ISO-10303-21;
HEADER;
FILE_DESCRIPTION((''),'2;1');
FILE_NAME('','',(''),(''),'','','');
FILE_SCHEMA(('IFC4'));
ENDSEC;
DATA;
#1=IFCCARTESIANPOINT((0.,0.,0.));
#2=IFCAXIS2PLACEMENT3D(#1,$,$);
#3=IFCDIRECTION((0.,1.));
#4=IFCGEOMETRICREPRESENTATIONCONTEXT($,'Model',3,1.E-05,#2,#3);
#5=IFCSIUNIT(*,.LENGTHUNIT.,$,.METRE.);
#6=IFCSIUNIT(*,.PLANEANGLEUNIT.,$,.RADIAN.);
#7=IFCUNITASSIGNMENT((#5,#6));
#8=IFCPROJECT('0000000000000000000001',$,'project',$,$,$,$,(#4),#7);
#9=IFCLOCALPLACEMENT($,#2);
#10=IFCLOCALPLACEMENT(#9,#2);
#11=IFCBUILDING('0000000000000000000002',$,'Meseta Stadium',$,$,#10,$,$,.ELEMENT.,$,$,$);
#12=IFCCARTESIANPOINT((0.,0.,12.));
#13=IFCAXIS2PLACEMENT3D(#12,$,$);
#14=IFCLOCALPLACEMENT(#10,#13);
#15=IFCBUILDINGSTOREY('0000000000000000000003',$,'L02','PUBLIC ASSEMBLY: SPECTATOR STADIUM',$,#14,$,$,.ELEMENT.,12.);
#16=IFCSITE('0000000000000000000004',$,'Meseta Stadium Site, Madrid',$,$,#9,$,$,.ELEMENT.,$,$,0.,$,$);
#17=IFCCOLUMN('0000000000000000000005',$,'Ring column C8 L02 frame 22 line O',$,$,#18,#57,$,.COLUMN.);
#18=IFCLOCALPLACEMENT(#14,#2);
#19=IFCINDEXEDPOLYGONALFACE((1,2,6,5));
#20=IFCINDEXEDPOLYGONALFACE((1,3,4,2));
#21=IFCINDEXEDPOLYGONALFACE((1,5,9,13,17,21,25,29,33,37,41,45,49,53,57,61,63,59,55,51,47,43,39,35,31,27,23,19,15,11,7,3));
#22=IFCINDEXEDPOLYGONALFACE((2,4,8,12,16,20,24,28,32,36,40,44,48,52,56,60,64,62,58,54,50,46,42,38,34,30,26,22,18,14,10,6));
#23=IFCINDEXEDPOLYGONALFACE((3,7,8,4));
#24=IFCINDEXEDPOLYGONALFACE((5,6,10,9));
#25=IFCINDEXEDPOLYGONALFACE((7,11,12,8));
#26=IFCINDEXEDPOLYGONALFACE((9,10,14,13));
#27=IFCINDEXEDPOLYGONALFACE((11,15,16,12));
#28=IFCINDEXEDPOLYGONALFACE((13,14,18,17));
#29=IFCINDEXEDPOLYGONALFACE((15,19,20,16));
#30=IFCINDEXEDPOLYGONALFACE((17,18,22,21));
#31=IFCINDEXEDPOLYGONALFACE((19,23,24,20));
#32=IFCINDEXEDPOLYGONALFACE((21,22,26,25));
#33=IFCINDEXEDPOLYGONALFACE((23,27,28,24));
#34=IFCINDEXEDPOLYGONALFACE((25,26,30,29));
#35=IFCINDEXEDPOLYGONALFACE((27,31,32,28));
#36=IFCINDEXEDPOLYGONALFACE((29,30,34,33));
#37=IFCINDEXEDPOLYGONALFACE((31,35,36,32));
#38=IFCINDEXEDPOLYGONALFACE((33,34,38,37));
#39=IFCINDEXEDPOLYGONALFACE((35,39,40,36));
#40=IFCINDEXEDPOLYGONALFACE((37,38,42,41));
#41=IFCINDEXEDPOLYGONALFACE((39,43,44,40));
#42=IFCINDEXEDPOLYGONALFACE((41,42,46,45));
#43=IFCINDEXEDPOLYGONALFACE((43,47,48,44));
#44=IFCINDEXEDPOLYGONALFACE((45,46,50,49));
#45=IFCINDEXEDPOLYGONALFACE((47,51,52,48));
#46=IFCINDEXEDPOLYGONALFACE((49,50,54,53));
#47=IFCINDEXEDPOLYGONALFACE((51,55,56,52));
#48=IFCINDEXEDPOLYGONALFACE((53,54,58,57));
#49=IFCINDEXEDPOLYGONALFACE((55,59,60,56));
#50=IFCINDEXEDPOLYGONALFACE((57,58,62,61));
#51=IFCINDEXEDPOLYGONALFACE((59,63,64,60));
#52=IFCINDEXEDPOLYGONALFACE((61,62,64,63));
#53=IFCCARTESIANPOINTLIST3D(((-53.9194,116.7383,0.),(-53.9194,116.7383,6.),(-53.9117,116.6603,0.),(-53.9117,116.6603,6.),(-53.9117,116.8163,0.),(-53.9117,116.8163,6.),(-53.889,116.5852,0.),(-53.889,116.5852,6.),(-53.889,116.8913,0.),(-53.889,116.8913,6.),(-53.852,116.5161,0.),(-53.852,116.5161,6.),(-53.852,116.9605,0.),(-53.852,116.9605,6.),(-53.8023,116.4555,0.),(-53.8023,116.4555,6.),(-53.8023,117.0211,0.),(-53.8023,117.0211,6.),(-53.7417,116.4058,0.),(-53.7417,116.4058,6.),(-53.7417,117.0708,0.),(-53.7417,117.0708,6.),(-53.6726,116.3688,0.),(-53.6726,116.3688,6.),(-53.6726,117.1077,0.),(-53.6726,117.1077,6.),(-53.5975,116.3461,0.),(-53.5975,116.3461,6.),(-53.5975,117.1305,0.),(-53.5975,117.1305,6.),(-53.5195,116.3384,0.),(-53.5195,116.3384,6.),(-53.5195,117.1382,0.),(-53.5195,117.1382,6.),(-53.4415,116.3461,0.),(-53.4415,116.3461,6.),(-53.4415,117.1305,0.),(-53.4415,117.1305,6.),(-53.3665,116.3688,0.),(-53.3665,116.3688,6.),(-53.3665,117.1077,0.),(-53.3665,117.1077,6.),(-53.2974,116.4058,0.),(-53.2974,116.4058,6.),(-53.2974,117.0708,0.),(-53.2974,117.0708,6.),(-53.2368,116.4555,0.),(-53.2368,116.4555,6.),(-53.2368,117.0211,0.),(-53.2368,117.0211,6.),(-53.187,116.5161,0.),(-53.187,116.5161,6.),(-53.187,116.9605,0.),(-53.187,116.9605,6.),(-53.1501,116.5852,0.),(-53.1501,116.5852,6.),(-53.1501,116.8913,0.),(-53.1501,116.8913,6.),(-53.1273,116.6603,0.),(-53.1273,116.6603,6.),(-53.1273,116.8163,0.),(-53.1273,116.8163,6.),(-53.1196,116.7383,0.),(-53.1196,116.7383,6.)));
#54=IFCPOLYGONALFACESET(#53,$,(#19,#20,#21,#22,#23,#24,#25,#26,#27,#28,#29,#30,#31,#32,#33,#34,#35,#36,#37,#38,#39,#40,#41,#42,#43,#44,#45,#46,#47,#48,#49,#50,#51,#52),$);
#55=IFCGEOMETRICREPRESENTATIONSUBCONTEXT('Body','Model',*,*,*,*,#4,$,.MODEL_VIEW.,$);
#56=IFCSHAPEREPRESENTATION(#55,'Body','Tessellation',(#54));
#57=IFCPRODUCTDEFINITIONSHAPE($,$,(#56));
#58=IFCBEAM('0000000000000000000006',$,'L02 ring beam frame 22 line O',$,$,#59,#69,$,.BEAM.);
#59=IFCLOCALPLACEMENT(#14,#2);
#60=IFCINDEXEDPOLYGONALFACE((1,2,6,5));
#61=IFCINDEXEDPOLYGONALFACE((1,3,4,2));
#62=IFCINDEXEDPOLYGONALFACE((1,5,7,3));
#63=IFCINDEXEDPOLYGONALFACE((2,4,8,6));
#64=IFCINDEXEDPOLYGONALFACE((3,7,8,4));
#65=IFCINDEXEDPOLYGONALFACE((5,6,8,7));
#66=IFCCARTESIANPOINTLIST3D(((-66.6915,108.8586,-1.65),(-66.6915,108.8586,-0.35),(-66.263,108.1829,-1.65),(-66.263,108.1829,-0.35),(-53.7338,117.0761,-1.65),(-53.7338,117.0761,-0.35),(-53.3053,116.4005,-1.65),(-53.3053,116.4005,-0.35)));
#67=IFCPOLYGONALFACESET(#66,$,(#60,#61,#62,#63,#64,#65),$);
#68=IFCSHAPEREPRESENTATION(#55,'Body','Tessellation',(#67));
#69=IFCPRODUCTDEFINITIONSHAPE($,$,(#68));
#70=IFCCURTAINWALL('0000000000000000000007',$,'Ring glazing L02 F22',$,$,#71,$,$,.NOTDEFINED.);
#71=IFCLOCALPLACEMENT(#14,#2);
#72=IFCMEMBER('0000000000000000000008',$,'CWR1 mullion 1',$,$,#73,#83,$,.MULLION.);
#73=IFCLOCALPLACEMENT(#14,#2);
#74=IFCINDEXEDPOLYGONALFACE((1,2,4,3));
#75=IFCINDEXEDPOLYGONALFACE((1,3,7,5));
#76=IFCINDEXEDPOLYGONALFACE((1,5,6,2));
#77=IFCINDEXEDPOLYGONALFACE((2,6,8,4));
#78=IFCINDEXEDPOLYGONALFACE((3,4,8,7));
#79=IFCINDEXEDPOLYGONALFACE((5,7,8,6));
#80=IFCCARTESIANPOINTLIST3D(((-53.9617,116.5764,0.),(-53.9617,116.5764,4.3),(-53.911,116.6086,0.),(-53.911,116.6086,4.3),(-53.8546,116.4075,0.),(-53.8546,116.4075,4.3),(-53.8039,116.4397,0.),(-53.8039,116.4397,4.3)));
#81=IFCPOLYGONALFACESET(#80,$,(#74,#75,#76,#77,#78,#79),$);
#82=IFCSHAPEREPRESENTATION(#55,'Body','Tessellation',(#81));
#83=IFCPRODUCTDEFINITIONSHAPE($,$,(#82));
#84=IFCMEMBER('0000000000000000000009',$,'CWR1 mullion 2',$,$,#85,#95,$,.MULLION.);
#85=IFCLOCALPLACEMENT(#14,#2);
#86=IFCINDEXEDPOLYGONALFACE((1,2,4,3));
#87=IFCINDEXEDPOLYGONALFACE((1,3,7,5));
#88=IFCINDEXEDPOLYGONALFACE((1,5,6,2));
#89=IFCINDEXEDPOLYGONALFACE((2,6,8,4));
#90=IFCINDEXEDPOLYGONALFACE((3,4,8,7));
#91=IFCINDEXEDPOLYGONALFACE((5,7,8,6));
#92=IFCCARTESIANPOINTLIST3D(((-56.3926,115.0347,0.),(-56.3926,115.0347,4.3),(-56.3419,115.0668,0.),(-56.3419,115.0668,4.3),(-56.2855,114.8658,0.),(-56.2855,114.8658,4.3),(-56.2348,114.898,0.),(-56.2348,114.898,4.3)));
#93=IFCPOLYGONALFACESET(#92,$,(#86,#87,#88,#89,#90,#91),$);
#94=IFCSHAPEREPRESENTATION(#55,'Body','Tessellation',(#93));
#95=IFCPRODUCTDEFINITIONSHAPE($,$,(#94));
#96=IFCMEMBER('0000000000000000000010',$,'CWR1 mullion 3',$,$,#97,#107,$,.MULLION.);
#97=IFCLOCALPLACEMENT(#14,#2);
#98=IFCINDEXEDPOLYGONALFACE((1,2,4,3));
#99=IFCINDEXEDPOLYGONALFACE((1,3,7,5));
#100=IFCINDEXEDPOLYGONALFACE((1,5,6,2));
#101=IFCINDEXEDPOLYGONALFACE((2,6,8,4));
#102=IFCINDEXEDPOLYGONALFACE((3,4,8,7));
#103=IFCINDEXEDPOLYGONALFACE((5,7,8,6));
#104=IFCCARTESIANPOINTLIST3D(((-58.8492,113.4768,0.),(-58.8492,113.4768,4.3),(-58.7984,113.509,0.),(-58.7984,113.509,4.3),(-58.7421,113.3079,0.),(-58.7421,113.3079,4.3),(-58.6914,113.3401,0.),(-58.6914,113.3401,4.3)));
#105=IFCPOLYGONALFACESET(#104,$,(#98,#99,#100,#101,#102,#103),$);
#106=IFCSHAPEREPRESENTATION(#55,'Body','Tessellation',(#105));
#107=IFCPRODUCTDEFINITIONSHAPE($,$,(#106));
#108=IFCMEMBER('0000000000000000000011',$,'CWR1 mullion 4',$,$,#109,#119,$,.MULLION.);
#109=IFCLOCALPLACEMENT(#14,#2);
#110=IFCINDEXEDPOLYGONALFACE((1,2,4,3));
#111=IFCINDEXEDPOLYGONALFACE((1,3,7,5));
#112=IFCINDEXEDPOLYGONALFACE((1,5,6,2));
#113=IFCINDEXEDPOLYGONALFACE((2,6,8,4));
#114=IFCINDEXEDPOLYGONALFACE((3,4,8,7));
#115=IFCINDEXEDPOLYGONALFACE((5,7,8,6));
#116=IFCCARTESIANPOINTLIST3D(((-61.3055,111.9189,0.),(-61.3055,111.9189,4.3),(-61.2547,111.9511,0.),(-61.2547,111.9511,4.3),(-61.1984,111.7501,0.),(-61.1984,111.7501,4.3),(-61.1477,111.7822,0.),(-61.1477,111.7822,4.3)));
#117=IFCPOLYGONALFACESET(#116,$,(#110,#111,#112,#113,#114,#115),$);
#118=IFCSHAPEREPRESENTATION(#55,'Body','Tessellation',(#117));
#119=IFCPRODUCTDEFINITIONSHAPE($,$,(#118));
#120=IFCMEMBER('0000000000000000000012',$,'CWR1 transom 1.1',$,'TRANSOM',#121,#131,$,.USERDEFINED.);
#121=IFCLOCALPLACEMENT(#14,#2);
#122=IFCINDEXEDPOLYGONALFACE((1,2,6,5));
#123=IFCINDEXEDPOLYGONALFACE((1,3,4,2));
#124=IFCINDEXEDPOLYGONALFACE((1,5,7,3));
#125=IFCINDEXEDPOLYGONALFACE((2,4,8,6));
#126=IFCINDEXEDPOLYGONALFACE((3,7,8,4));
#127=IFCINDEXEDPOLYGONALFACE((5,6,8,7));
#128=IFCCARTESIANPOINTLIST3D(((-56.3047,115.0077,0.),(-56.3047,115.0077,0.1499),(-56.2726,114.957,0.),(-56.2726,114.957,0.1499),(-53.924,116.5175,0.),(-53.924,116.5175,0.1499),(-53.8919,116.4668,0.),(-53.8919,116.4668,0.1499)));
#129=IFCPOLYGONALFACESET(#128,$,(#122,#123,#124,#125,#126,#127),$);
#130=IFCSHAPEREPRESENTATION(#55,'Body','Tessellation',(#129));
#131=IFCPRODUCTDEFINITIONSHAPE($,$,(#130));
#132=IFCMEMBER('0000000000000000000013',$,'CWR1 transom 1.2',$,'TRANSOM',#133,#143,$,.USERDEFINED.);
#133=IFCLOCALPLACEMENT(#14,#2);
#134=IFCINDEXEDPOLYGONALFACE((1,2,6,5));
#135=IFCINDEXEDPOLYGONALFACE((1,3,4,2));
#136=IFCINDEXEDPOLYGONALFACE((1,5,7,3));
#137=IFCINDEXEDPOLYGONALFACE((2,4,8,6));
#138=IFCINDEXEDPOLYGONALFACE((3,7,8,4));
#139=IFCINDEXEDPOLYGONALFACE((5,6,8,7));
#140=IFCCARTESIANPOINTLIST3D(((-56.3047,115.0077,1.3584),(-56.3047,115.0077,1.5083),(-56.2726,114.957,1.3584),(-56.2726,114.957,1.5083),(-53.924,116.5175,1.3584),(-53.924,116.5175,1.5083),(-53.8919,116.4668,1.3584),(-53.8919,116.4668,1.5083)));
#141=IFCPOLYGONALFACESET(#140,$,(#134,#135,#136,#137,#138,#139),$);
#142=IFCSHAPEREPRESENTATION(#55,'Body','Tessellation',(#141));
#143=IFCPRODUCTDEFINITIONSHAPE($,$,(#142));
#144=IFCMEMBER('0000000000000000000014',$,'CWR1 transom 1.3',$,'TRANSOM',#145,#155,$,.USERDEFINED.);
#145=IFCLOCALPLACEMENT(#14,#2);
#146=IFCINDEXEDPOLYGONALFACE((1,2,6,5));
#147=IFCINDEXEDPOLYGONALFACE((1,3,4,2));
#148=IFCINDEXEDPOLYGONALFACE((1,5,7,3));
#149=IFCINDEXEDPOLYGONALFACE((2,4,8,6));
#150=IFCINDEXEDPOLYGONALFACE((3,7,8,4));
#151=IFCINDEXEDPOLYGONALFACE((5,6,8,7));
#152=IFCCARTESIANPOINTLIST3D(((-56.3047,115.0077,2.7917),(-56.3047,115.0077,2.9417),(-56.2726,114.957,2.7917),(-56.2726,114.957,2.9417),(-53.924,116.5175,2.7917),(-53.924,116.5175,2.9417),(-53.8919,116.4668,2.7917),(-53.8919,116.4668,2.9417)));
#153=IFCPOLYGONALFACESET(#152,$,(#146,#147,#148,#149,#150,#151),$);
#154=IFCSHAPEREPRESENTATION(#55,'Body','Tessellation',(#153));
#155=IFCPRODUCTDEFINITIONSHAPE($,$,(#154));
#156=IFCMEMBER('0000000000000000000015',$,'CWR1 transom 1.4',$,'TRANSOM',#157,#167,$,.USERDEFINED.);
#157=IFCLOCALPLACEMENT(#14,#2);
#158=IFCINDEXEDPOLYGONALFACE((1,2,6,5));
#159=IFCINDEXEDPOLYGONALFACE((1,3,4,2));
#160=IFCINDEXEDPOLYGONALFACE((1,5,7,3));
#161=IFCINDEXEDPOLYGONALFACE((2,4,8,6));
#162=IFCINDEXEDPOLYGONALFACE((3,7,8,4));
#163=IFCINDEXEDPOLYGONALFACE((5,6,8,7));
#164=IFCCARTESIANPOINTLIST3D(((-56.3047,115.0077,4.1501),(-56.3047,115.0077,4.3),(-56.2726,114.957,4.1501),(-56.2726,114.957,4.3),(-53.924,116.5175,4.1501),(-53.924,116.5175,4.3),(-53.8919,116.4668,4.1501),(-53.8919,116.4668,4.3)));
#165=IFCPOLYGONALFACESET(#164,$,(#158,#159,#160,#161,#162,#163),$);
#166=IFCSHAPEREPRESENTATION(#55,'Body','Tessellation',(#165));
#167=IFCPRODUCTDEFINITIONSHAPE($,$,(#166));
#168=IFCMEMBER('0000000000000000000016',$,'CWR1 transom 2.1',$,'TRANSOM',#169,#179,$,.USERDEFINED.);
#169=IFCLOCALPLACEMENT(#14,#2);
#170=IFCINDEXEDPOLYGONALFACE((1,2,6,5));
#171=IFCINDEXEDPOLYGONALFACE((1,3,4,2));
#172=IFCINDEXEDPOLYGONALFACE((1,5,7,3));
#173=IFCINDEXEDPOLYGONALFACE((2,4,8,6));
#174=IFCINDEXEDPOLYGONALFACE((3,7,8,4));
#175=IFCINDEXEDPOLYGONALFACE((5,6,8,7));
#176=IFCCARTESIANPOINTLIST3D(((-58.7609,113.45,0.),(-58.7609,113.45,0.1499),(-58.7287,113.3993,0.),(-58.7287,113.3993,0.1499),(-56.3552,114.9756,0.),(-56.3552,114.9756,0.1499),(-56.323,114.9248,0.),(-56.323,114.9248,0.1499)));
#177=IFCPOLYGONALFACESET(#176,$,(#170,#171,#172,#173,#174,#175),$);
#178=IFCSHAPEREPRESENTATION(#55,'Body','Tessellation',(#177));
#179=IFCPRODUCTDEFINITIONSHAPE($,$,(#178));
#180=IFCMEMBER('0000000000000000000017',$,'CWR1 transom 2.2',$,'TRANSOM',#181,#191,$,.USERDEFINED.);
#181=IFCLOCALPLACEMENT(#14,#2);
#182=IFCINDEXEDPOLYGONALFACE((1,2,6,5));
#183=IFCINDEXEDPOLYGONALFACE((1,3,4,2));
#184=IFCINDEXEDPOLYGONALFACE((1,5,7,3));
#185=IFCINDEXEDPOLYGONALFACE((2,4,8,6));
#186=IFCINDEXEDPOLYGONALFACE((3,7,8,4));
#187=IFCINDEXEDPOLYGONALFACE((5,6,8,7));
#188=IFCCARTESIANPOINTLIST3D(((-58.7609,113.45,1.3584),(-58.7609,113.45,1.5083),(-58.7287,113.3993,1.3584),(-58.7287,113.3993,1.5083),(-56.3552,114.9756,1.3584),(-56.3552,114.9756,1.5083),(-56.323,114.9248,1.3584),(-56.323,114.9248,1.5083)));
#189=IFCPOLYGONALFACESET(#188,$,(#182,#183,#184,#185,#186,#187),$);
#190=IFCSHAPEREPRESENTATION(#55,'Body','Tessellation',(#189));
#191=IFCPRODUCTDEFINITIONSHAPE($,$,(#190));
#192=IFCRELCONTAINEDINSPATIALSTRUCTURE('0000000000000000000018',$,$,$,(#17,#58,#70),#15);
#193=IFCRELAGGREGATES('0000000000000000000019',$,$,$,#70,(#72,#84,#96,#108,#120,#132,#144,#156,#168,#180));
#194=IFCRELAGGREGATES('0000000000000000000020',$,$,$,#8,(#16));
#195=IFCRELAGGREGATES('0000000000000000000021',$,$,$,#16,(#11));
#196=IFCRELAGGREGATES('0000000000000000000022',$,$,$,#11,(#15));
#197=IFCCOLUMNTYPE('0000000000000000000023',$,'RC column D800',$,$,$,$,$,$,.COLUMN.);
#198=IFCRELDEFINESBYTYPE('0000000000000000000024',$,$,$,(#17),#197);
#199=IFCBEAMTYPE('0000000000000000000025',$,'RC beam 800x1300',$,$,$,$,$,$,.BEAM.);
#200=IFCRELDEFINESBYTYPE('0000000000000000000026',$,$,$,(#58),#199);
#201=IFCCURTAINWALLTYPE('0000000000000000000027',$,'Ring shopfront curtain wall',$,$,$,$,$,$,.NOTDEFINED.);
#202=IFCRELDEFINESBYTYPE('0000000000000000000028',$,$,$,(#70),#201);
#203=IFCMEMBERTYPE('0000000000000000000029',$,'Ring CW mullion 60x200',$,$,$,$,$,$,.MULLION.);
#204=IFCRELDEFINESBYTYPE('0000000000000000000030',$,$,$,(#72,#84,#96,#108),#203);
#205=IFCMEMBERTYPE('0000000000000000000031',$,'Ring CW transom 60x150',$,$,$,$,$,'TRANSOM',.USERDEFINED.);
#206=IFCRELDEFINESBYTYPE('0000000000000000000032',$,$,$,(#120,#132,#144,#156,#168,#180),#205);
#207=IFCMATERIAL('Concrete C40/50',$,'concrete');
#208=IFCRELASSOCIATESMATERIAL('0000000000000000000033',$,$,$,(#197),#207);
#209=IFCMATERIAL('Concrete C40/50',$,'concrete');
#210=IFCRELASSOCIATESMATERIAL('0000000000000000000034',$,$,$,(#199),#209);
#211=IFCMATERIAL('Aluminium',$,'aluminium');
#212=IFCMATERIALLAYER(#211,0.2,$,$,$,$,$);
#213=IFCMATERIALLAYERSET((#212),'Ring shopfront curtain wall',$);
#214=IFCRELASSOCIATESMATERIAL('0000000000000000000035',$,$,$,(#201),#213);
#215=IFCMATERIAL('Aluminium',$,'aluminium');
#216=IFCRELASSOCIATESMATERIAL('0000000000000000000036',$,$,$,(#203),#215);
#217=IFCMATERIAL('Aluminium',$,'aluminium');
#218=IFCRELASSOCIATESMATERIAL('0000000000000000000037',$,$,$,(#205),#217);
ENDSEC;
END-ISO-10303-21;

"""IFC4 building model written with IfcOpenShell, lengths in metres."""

from ifc_helpers import new_model, si_unit, direction, frame, origin, origin_2d, place, context, subcontext, project, spatial, rectangle, circle, extrude, material, layer, layer_set, material_profile, profile_set, type_object, element, aggregate, save


model = new_model("IFC4")

# Units and contexts
model_context = context("Model", 3, precision=1e-05, world=origin(), true_north=direction((0.0, 1.0)))
body_context = subcontext(model_context, "Body", "Model", "MODEL_VIEW")
ifc_project = project(units=[si_unit("LENGTHUNIT", "METRE"), si_unit("PLANEANGLEUNIT", "RADIAN")], contexts=[model_context])

# Site, building, storey
site_placement = place(None, origin())
site = spatial("IfcSite", under=ifc_project, at=site_placement, Name="Meseta Stadium Site, Madrid", CompositionType="ELEMENT", RefElevation=0.0)
building_placement = place(site_placement, origin())
building = spatial("IfcBuilding", under=site, at=building_placement, Name="Meseta Stadium", CompositionType="ELEMENT")
storey_placement = place(building_placement, frame((0.0, 0.0, 12.0)))
storey = spatial("IfcBuildingStorey", under=building, at=storey_placement, Name="L02", Description="PUBLIC ASSEMBLY: SPECTATOR STADIUM", CompositionType="ELEMENT", Elevation=12.0)

# Column
ifc_material_1 = material(Name="Concrete C40/50", Category="concrete")
ifc_material_profile_1 = material_profile(ifc_material_1, circle(Radius=0.3999, at=origin_2d()), Name="RC D800")
ifc_profile_set_1 = profile_set([ifc_material_profile_1], Name="Concrete C40/50")
column_type = type_object("IfcColumnType", Name="RC column D800", PredefinedType="COLUMN", material=ifc_profile_set_1)
column_placement = place(storey_placement, frame((-53.5195, 116.7383, 0.0), z_axis=(0.0, 0.0, 1.0), x_axis=(1.0, 0.0, 0.0)))
element("IfcColumn", 1, at=column_placement, inside=storey, type_object=column_type, Name="Ring column C8 L02 frame 22 line O", PredefinedType="COLUMN", context=body_context, shape_type="SweptSolid", body=[
    extrude(circle(Radius=0.3999, at=origin_2d()), origin(), (0.0, 0.0, 1.0), 6.0),
])

# Beam
ifc_material_2 = material(Name="Concrete C40/50", Category="concrete")
ifc_material_profile_2 = material_profile(ifc_material_2, rectangle(XDim=0.8, YDim=1.3, at=origin_2d()), Name="RC 800x1300")
ifc_profile_set_2 = profile_set([ifc_material_profile_2], Name="Concrete C40/50")
beam_type = type_object("IfcBeamType", Name="RC beam 800x1300", PredefinedType="BEAM", material=ifc_profile_set_2)
beam_placement = place(storey_placement, frame((-53.5195, 116.7383, -1.0), z_axis=(-0.844496, -0.535561, 0.0), x_axis=(0.535561, -0.844496, 0.0)))
element("IfcBeam", 2, at=beam_placement, inside=storey, type_object=beam_type, Name="L02 ring beam frame 22 line O", PredefinedType="BEAM", context=body_context, shape_type="SweptSolid", body=[
    extrude(rectangle(XDim=0.8, YDim=1.3, at=origin_2d()), origin(), (0.0, 0.0, 1.0), 15.3438),
])

# Curtain wall, members
ifc_material_3 = material(Name="Aluminium", Category="aluminium")
ifc_layer_1 = layer(ifc_material_3, 0.2)
ifc_layer_set_1 = layer_set([ifc_layer_1], Name="Ring shopfront curtain wall")
curtain_wall_type = type_object("IfcCurtainWallType", Name="Ring shopfront curtain wall", PredefinedType="NOTDEFINED", material=ifc_layer_set_1)
curtain_wall_placement = place(storey_placement, origin())
curtain_wall = element("IfcCurtainWall", 3, at=curtain_wall_placement, inside=storey, type_object=curtain_wall_type, Name="Ring glazing L02 F22", PredefinedType="NOTDEFINED")
ifc_material_4 = material(Name="Aluminium", Category="aluminium")
ifc_material_profile_3 = material_profile(ifc_material_4, rectangle(XDim=0.2, YDim=0.0601, at=origin_2d()), Name="CW 200x60")
ifc_profile_set_3 = profile_set([ifc_material_profile_3], Name="Aluminium")
member_type_1 = type_object("IfcMemberType", Name="Ring CW mullion 60x200", PredefinedType="MULLION", material=ifc_profile_set_3)
member_1_placement = place(storey_placement, frame((-53.8828, 116.5081, 0.0), z_axis=(0.0, 0.0, 1.0), x_axis=(0.535569, -0.844491, 0.0)))
member_1 = element("IfcMember", 4, at=member_1_placement, type_object=member_type_1, Name="CWR1 mullion 1", PredefinedType="MULLION", context=body_context, shape_type="SweptSolid", body=[
    extrude(rectangle(XDim=0.2, YDim=0.0601, at=origin_2d()), origin(), (0.0, 0.0, 1.0), 4.3),
])
member_2_placement = place(storey_placement, frame((-56.3137, 114.9663, 0.0), z_axis=(0.0, 0.0, 1.0), x_axis=(0.535569, -0.844491, 0.0)))
member_2 = element("IfcMember", 5, at=member_2_placement, type_object=member_type_1, Name="CWR1 mullion 2", PredefinedType="MULLION", context=body_context, shape_type="SweptSolid", body=[
    extrude(rectangle(XDim=0.2, YDim=0.0601, at=origin_2d()), origin(), (0.0, 0.0, 1.0), 4.3),
])
member_3_placement = place(storey_placement, frame((-58.7703, 113.4084, 0.0), z_axis=(0.0, 0.0, 1.0), x_axis=(0.535569, -0.844491, 0.0)))
member_3 = element("IfcMember", 6, at=member_3_placement, type_object=member_type_1, Name="CWR1 mullion 3", PredefinedType="MULLION", context=body_context, shape_type="SweptSolid", body=[
    extrude(rectangle(XDim=0.2, YDim=0.0601, at=origin_2d()), origin(), (0.0, 0.0, 1.0), 4.3),
])
member_4_placement = place(storey_placement, frame((-61.2266, 111.8506, 0.0), z_axis=(0.0, 0.0, 1.0), x_axis=(0.535569, -0.844491, 0.0)))
member_4 = element("IfcMember", 7, at=member_4_placement, type_object=member_type_1, Name="CWR1 mullion 4", PredefinedType="MULLION", context=body_context, shape_type="SweptSolid", body=[
    extrude(rectangle(XDim=0.2, YDim=0.0601, at=origin_2d()), origin(), (0.0, 0.0, 1.0), 4.3),
])
ifc_material_5 = material(Name="Aluminium", Category="aluminium")
ifc_material_profile_4 = material_profile(ifc_material_5, rectangle(XDim=0.0601, YDim=0.1499, at=origin_2d()), Name="CW 60x150")
ifc_profile_set_4 = profile_set([ifc_material_profile_4], Name="Aluminium")
member_type_2 = type_object("IfcMemberType", Name="Ring CW transom 60x150", ElementType="TRANSOM", PredefinedType="USERDEFINED", material=ifc_profile_set_4)
member_5_placement = place(storey_placement, frame((-53.908, 116.4922, 0.075), z_axis=(-0.844491, -0.535569, 0.0), x_axis=(0.535569, -0.844491, 0.0)))
member_5 = element("IfcMember", 8, at=member_5_placement, type_object=member_type_2, Name="CWR1 transom 1.1", ObjectType="TRANSOM", PredefinedType="USERDEFINED", context=body_context, shape_type="SweptSolid", body=[
    extrude(rectangle(XDim=0.0601, YDim=0.1499, at=origin_2d()), origin(), (0.0, 0.0, 1.0), 2.8191),
])
member_6_placement = place(storey_placement, frame((-53.908, 116.4922, 1.4333), z_axis=(-0.844491, -0.535569, 0.0), x_axis=(0.535569, -0.844491, 0.0)))
member_6 = element("IfcMember", 9, at=member_6_placement, type_object=member_type_2, Name="CWR1 transom 1.2", ObjectType="TRANSOM", PredefinedType="USERDEFINED", context=body_context, shape_type="SweptSolid", body=[
    extrude(rectangle(XDim=0.0601, YDim=0.1499, at=origin_2d()), origin(), (0.0, 0.0, 1.0), 2.8191),
])
member_7_placement = place(storey_placement, frame((-53.908, 116.4922, 2.8667), z_axis=(-0.844491, -0.535569, 0.0), x_axis=(0.535569, -0.844491, 0.0)))
member_7 = element("IfcMember", 10, at=member_7_placement, type_object=member_type_2, Name="CWR1 transom 1.3", ObjectType="TRANSOM", PredefinedType="USERDEFINED", context=body_context, shape_type="SweptSolid", body=[
    extrude(rectangle(XDim=0.0601, YDim=0.1499, at=origin_2d()), origin(), (0.0, 0.0, 1.0), 2.8191),
])
member_8_placement = place(storey_placement, frame((-53.908, 116.4922, 4.2251), z_axis=(-0.844491, -0.535569, 0.0), x_axis=(0.535569, -0.844491, 0.0)))
member_8 = element("IfcMember", 11, at=member_8_placement, type_object=member_type_2, Name="CWR1 transom 1.4", ObjectType="TRANSOM", PredefinedType="USERDEFINED", context=body_context, shape_type="SweptSolid", body=[
    extrude(rectangle(XDim=0.0601, YDim=0.1499, at=origin_2d()), origin(), (0.0, 0.0, 1.0), 2.8191),
])
member_9_placement = place(storey_placement, frame((-56.3391, 114.9502, 0.075), z_axis=(-0.844504, -0.535549, 0.0), x_axis=(0.535549, -0.844504, 0.0)))
member_9 = element("IfcMember", 12, at=member_9_placement, type_object=member_type_2, Name="CWR1 transom 2.1", ObjectType="TRANSOM", PredefinedType="USERDEFINED", context=body_context, shape_type="SweptSolid", body=[
    extrude(rectangle(XDim=0.0601, YDim=0.1499, at=origin_2d()), origin(), (0.0, 0.0, 1.0), 2.8486),
])
member_10_placement = place(storey_placement, frame((-56.3391, 114.9502, 1.4333), z_axis=(-0.844504, -0.535549, 0.0), x_axis=(0.535549, -0.844504, 0.0)))
member_10 = element("IfcMember", 13, at=member_10_placement, type_object=member_type_2, Name="CWR1 transom 2.2", ObjectType="TRANSOM", PredefinedType="USERDEFINED", context=body_context, shape_type="SweptSolid", body=[
    extrude(rectangle(XDim=0.0601, YDim=0.1499, at=origin_2d()), origin(), (0.0, 0.0, 1.0), 2.8486),
])
aggregate(curtain_wall, [member_1, member_2, member_3, member_4, member_5, member_6, member_7, member_8, member_9, member_10])

save(model, "model.ifc")
